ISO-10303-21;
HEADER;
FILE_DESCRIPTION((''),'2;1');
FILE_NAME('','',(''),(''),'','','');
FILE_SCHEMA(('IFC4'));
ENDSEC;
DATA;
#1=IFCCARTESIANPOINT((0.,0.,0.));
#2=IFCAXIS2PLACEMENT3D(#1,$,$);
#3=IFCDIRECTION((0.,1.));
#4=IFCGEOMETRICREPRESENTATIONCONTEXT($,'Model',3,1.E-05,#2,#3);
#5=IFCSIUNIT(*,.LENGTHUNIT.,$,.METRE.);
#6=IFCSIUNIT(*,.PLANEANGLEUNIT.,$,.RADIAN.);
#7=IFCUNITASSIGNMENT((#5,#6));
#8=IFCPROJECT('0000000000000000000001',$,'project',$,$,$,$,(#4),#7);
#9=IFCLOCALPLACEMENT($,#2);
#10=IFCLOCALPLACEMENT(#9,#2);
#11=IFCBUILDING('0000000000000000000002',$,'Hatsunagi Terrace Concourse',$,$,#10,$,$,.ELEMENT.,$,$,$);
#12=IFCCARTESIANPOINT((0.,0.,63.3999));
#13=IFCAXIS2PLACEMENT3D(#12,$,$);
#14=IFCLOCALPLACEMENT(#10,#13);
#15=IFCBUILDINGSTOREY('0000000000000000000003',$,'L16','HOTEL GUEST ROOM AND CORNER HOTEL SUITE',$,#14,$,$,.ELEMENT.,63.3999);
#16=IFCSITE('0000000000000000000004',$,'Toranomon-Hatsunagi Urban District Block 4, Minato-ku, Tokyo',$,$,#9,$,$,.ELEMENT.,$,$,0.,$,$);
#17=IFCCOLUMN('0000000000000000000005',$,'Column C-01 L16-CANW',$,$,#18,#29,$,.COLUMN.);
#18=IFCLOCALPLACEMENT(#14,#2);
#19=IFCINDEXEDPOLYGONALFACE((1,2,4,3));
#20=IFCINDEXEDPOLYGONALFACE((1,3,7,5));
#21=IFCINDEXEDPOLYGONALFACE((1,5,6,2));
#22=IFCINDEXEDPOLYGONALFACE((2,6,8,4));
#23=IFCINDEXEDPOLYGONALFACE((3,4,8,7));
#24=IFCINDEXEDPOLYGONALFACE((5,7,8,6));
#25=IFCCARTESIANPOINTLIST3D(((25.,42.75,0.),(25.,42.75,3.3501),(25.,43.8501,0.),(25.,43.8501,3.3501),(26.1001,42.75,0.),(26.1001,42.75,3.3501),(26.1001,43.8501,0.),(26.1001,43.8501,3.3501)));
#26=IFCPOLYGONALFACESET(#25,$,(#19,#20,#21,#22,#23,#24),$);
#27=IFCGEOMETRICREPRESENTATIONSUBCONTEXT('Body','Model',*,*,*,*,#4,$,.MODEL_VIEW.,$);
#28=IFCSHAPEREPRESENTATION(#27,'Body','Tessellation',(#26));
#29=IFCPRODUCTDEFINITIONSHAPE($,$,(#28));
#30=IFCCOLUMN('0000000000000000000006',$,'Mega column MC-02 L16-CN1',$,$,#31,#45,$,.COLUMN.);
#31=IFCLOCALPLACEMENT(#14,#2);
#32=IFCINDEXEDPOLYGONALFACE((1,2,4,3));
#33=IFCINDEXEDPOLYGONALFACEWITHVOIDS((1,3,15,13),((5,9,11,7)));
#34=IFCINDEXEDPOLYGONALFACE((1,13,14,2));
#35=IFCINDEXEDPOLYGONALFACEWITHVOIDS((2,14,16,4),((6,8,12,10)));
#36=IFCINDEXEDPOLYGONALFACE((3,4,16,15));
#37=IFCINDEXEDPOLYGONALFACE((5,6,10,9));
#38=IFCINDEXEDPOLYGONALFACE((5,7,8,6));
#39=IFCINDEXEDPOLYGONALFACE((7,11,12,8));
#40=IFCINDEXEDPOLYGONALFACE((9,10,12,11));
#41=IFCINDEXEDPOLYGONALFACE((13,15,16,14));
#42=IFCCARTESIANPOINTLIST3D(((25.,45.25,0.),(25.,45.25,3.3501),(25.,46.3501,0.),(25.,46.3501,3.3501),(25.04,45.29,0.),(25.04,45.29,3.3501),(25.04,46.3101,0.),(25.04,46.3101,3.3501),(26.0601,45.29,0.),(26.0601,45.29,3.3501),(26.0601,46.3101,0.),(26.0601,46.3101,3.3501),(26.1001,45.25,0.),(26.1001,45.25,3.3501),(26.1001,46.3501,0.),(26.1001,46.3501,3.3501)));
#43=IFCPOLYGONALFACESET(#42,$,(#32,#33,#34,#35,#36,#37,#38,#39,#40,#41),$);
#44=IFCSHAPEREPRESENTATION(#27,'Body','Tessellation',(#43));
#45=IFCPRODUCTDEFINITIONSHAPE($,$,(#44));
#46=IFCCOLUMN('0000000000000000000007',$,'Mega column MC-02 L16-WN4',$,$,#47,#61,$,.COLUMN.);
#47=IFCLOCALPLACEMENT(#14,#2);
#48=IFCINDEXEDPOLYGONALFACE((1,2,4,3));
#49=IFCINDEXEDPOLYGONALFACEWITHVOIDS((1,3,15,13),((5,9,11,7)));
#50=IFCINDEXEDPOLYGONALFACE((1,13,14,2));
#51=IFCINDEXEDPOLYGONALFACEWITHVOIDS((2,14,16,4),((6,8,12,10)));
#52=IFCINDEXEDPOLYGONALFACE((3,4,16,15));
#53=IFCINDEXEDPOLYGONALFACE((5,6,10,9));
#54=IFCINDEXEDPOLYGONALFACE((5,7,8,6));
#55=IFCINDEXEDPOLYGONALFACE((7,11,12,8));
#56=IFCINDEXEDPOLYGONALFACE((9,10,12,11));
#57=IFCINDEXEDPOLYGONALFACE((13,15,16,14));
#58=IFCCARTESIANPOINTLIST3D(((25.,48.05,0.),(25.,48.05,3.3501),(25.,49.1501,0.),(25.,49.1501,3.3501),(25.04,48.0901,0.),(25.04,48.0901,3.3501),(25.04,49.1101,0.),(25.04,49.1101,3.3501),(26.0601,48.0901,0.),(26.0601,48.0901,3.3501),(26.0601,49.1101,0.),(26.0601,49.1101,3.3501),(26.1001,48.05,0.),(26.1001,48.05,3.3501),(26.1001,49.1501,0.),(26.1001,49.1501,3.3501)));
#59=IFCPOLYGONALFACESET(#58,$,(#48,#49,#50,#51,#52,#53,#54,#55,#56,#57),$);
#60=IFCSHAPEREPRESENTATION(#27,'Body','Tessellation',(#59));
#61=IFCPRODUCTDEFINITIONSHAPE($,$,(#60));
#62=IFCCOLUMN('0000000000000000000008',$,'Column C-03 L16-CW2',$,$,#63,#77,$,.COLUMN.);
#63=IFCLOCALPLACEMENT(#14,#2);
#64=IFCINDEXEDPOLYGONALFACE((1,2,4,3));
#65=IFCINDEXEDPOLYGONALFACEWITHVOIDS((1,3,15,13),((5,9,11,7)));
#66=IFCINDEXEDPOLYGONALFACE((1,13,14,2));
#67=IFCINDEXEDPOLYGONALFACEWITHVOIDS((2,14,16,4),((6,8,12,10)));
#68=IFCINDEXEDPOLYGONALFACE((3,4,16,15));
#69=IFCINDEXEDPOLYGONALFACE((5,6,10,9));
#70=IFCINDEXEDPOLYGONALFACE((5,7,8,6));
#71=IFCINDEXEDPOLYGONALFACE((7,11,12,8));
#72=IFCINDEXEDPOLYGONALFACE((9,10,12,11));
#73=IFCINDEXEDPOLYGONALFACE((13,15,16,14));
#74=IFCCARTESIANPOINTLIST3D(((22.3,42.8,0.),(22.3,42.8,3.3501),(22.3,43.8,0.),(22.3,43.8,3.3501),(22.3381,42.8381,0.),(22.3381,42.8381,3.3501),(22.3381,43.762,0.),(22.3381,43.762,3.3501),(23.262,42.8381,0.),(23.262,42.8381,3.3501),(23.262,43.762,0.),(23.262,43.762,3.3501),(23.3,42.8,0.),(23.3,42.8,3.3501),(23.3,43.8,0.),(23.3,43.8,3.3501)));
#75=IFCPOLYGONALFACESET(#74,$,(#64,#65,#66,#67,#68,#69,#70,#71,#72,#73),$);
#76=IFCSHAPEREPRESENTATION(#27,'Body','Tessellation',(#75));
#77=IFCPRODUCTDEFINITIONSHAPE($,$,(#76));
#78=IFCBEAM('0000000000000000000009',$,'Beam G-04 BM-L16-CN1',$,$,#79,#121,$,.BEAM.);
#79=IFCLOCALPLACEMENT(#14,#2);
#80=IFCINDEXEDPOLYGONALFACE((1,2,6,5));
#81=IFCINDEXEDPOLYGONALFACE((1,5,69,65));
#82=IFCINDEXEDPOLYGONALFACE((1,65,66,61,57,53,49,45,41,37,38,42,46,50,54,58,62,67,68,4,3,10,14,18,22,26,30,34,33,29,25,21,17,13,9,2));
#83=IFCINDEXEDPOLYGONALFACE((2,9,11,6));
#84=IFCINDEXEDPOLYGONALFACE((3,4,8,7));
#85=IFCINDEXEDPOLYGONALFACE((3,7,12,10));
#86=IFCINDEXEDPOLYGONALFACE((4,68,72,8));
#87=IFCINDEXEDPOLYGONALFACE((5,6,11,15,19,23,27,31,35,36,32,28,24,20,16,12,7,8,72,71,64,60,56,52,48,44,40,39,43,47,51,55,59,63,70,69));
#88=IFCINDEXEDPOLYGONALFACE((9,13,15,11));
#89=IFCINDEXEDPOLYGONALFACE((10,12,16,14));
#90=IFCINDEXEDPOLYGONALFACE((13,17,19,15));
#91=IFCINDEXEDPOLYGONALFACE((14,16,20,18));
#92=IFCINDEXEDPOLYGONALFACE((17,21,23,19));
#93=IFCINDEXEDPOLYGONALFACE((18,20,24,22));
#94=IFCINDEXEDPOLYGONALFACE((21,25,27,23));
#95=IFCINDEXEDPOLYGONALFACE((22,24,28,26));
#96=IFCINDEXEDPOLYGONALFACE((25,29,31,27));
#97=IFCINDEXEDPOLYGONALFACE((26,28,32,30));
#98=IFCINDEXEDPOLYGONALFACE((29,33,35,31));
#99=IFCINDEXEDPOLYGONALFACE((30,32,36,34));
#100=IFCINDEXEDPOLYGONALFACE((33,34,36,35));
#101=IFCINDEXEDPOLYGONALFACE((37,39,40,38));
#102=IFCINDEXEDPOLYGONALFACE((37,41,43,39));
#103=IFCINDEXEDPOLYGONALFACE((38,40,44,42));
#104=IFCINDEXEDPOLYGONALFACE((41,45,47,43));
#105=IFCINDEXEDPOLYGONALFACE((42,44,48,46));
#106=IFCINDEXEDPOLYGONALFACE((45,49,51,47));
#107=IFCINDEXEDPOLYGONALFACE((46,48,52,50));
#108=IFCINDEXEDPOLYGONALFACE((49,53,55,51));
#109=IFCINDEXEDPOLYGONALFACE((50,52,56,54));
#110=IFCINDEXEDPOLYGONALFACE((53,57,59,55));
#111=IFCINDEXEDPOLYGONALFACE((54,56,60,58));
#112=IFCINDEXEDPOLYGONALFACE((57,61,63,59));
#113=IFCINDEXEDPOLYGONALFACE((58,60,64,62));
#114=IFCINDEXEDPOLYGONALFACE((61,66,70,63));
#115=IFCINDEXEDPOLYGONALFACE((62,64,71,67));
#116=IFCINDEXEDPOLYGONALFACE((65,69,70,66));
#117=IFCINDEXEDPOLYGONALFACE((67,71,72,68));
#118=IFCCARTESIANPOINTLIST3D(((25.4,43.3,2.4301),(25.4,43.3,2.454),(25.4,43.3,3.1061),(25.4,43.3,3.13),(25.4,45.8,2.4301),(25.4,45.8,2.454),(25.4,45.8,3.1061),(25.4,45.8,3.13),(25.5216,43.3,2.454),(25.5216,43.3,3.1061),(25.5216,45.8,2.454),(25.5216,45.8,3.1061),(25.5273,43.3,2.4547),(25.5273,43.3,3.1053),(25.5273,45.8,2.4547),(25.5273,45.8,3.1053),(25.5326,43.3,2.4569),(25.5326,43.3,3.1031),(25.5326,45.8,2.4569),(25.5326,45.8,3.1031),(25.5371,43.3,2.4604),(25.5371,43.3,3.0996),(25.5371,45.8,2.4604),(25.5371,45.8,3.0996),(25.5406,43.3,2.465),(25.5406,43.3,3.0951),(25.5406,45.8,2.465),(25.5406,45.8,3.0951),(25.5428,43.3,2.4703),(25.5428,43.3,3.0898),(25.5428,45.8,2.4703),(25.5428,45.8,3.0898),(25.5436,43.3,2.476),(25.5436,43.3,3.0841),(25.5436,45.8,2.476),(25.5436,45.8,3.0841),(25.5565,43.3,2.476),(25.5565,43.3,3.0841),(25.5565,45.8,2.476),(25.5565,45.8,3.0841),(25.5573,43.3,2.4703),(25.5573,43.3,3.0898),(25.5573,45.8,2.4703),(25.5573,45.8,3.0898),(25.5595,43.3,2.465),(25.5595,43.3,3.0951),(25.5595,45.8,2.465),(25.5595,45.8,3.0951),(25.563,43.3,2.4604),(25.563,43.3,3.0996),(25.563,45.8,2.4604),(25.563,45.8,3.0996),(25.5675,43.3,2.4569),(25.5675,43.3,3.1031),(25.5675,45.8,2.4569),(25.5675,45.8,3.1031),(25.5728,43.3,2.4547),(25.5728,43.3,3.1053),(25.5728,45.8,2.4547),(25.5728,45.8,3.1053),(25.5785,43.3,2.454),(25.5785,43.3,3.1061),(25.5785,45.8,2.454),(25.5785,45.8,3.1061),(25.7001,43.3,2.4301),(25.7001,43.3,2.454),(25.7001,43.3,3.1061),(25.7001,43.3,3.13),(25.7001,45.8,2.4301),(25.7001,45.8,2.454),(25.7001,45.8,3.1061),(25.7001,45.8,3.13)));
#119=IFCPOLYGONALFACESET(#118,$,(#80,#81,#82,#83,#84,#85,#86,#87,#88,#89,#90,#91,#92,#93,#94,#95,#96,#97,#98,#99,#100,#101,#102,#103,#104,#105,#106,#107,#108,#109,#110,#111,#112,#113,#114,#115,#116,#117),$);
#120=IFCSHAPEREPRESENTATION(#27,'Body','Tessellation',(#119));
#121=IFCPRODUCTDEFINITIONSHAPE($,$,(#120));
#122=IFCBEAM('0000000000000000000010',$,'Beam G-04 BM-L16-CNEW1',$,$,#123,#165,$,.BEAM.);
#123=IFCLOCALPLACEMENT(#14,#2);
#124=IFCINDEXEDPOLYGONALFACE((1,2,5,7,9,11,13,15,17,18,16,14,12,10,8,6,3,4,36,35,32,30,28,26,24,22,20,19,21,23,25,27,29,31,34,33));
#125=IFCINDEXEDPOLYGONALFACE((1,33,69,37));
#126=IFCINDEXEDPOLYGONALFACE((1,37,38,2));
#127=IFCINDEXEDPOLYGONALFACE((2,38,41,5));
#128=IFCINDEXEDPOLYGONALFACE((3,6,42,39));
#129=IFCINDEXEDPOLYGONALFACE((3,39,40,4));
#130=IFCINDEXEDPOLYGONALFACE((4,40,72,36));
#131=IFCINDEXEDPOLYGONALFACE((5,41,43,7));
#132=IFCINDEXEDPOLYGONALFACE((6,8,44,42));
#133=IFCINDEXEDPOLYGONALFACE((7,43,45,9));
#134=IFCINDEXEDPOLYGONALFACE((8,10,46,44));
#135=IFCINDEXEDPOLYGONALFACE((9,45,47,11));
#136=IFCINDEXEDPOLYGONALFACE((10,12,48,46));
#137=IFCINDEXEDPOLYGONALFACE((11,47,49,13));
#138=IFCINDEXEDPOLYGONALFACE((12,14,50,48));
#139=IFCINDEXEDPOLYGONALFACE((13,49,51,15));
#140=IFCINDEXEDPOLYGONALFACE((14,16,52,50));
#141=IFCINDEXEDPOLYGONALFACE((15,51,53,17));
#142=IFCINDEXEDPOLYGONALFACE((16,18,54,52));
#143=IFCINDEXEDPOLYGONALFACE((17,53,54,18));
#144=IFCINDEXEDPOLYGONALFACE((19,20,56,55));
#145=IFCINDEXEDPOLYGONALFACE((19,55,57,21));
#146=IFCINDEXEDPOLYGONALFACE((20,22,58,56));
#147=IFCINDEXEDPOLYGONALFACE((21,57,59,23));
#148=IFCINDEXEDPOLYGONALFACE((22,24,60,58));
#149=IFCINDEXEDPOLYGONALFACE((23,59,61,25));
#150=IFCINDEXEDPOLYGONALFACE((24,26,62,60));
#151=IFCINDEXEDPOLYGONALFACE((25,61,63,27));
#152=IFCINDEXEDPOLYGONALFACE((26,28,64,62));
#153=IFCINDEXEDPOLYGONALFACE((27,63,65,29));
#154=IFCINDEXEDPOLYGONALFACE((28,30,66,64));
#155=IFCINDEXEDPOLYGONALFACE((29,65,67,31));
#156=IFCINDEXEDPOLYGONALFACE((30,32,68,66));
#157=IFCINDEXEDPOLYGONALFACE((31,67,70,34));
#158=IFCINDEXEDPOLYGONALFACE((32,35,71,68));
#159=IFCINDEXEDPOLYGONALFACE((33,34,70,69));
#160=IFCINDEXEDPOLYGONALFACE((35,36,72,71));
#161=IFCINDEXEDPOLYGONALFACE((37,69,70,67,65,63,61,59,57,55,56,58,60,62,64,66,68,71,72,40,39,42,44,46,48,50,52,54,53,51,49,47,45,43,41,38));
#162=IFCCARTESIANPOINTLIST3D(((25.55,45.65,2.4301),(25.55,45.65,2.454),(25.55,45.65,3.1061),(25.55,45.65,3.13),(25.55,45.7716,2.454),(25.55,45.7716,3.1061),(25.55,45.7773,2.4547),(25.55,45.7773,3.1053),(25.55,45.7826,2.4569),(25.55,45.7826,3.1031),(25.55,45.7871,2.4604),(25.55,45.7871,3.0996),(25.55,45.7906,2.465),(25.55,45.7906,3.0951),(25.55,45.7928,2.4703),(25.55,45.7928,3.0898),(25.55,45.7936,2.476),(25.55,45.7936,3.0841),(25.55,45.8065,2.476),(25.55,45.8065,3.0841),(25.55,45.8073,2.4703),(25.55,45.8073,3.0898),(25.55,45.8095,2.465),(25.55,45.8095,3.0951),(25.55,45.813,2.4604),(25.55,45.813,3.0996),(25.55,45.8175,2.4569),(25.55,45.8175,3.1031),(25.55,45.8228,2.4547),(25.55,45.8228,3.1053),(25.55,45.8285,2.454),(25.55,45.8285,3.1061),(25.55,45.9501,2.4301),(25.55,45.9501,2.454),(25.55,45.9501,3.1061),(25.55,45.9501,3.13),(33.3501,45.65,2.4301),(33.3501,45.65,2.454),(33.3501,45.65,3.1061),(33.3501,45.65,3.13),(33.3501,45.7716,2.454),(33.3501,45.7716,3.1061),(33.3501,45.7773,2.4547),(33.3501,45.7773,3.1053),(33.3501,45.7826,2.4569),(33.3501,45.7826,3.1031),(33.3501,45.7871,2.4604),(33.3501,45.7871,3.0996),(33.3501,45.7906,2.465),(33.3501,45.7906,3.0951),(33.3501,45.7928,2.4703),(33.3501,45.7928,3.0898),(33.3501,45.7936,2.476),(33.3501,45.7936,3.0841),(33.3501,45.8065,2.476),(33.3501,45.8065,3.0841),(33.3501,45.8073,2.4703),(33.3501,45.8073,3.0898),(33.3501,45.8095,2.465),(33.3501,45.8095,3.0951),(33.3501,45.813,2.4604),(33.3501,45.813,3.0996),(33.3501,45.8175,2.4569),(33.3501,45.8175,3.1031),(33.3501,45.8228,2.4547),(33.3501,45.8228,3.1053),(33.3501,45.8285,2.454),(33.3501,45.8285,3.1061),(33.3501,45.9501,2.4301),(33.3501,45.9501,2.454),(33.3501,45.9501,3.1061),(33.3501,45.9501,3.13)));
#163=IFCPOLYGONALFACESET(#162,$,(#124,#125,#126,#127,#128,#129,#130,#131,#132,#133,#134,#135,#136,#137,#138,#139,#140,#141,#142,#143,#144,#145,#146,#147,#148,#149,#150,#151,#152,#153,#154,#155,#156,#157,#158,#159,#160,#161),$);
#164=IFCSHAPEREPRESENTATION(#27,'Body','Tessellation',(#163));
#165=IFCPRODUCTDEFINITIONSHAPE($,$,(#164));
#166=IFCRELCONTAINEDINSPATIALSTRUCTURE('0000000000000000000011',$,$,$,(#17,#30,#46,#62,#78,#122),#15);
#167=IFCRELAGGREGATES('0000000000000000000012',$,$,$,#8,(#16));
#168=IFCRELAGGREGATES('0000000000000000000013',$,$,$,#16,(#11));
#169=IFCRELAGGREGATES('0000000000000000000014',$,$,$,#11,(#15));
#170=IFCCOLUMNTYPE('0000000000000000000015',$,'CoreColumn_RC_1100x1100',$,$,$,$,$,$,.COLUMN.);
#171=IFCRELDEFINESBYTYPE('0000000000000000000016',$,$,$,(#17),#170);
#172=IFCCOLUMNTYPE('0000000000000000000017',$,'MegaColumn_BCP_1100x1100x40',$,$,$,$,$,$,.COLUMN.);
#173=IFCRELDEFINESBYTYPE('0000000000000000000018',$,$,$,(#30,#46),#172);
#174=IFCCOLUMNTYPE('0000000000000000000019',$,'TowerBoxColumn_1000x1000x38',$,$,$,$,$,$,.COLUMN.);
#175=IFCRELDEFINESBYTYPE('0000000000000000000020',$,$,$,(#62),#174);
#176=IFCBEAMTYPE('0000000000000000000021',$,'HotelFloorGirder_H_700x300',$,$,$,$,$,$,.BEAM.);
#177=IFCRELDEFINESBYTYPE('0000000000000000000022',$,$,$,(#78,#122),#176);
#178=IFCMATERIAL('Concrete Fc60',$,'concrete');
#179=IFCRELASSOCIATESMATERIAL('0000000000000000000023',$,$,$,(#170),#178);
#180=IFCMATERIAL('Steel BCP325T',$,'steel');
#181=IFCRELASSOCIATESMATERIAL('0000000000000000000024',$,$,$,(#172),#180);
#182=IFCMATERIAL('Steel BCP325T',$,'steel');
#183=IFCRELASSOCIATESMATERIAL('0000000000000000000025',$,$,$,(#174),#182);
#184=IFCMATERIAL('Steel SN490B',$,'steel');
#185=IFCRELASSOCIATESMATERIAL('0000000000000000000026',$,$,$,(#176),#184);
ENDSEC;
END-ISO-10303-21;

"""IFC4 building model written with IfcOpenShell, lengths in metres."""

from ifc_helpers import new_model, si_unit, direction, frame, origin, origin_2d, place, context, subcontext, project, spatial, rectangle, hollow_rectangle, i_section, extrude, material, material_profile, profile_set, type_object, element, save


model = new_model("IFC4")

# Units and contexts
model_context = context("Model", 3, precision=1e-05, world=origin(), true_north=direction((0.0, 1.0)))
body_context = subcontext(model_context, "Body", "Model", "MODEL_VIEW")
ifc_project = project(units=[si_unit("LENGTHUNIT", "METRE"), si_unit("PLANEANGLEUNIT", "RADIAN")], contexts=[model_context])

# Site, building, storey
site_placement = place(None, origin())
site = spatial("IfcSite", under=ifc_project, at=site_placement, Name="Toranomon-Hatsunagi Urban District Block 4, Minato-ku, Tokyo", CompositionType="ELEMENT", RefElevation=0.0)
building_placement = place(site_placement, origin())
building = spatial("IfcBuilding", under=site, at=building_placement, Name="Hatsunagi Terrace Concourse", CompositionType="ELEMENT")
storey_placement = place(building_placement, frame((0.0, 0.0, 63.3999)))
storey = spatial("IfcBuildingStorey", under=building, at=storey_placement, Name="L16", Description="HOTEL GUEST ROOM AND CORNER HOTEL SUITE", CompositionType="ELEMENT", Elevation=63.3999)

# Columns
ifc_material_1 = material(Name="Concrete Fc60", Category="concrete")
ifc_material_profile_1 = material_profile(ifc_material_1, rectangle(XDim=1.1001, YDim=1.1001, at=origin_2d()), Name="RC-1100x1100")
ifc_profile_set_1 = profile_set([ifc_material_profile_1], Name="Concrete Fc60")
column_type_1 = type_object("IfcColumnType", Name="CoreColumn_RC_1100x1100", PredefinedType="COLUMN", material=ifc_profile_set_1)
column_1_placement = place(storey_placement, frame((25.55, 43.3, 0.0), z_axis=(0.0, 0.0, 1.0), x_axis=(1.0, 0.0, 0.0)))
element("IfcColumn", 1, at=column_1_placement, inside=storey, type_object=column_type_1, Name="Column C-01 L16-CANW", PredefinedType="COLUMN", context=body_context, shape_type="SweptSolid", body=[
    extrude(rectangle(XDim=1.1001, YDim=1.1001, at=origin_2d()), origin(), (0.0, 0.0, 1.0), 3.3501),
])
ifc_material_2 = material(Name="Steel BCP325T", Category="steel")
ifc_material_profile_2 = material_profile(ifc_material_2, hollow_rectangle(XDim=1.1001, YDim=1.1001, WallThickness=0.04, at=origin_2d()), Name="BCP-1100x1100x40")
ifc_profile_set_2 = profile_set([ifc_material_profile_2], Name="Steel BCP325T")
column_type_2 = type_object("IfcColumnType", Name="MegaColumn_BCP_1100x1100x40", PredefinedType="COLUMN", material=ifc_profile_set_2)
for number, where, z_axis, x_axis, name in (
    (2, (25.55, 45.8, 0.0), (0.0, 0.0, 1.0), (1.0, 0.0, 0.0), "Mega column MC-02 L16-CN1"),
    (3, (25.55, 48.6001, 0.0), (0.0, 0.0, 1.0), (1.0, 0.0, 0.0), "Mega column MC-02 L16-WN4"),
):
    element("IfcColumn", number, at=place(storey_placement, frame(where, z_axis=z_axis, x_axis=x_axis)), inside=storey, type_object=column_type_2, Name=name, PredefinedType="COLUMN", context=body_context, shape_type="SweptSolid", body=[
        extrude(hollow_rectangle(XDim=1.1001, YDim=1.1001, WallThickness=0.04, at=origin_2d()), origin(), (0.0, 0.0, 1.0), 3.3501),
    ])
ifc_material_3 = material(Name="Steel BCP325T", Category="steel")
ifc_material_profile_3 = material_profile(ifc_material_3, hollow_rectangle(XDim=1.0, YDim=1.0, WallThickness=0.0381, at=origin_2d()), Name="BCP-1000x1000x38")
ifc_profile_set_3 = profile_set([ifc_material_profile_3], Name="Steel BCP325T")
column_type_3 = type_object("IfcColumnType", Name="TowerBoxColumn_1000x1000x38", PredefinedType="COLUMN", material=ifc_profile_set_3)
column_2_placement = place(storey_placement, frame((22.8, 43.3, 0.0), z_axis=(0.0, 0.0, 1.0), x_axis=(1.0, 0.0, 0.0)))
element("IfcColumn", 4, at=column_2_placement, inside=storey, type_object=column_type_3, Name="Column C-03 L16-CW2", PredefinedType="COLUMN", context=body_context, shape_type="SweptSolid", body=[
    extrude(hollow_rectangle(XDim=1.0, YDim=1.0, WallThickness=0.0381, at=origin_2d()), origin(), (0.0, 0.0, 1.0), 3.3501),
])

# Beams
ifc_material_4 = material(Name="Steel SN490B", Category="steel")
ifc_material_profile_4 = material_profile(ifc_material_4, i_section(OverallWidth=0.3, OverallDepth=0.7, WebThickness=0.0129, FlangeThickness=0.0239, FilletRadius=0.022, at=origin_2d()), Name="H-700x300x13x24")
ifc_profile_set_4 = profile_set([ifc_material_profile_4], Name="Steel SN490B")
beam_type_1 = type_object("IfcBeamType", Name="HotelFloorGirder_H_700x300", PredefinedType="BEAM", material=ifc_profile_set_4)
beam_1_placement = place(storey_placement, frame((25.55, 43.3, 2.78), z_axis=(0.0, 1.0, 0.0), x_axis=(-1.0, 0.0, 0.0)))
element("IfcBeam", 5, at=beam_1_placement, inside=storey, type_object=beam_type_1, Name="Beam G-04 BM-L16-CN1", PredefinedType="BEAM", context=body_context, shape_type="SweptSolid", body=[
    extrude(i_section(OverallWidth=0.3, OverallDepth=0.7, WebThickness=0.0129, FlangeThickness=0.0239, FilletRadius=0.022, at=origin_2d()), origin(), (0.0, 0.0, 1.0), 2.5),
])
beam_2_placement = place(storey_placement, frame((25.55, 45.8, 2.78), z_axis=(1.0, 0.0, 0.0), x_axis=(0.0, 1.0, 0.0)))
element("IfcBeam", 6, at=beam_2_placement, inside=storey, type_object=beam_type_1, Name="Beam G-04 BM-L16-CNEW1", PredefinedType="BEAM", context=body_context, shape_type="SweptSolid", body=[
    extrude(i_section(OverallWidth=0.3, OverallDepth=0.7, WebThickness=0.0129, FlangeThickness=0.0239, FilletRadius=0.022, at=origin_2d()), origin(), (0.0, 0.0, 1.0), 7.8),
])

save(model, "model.ifc")
